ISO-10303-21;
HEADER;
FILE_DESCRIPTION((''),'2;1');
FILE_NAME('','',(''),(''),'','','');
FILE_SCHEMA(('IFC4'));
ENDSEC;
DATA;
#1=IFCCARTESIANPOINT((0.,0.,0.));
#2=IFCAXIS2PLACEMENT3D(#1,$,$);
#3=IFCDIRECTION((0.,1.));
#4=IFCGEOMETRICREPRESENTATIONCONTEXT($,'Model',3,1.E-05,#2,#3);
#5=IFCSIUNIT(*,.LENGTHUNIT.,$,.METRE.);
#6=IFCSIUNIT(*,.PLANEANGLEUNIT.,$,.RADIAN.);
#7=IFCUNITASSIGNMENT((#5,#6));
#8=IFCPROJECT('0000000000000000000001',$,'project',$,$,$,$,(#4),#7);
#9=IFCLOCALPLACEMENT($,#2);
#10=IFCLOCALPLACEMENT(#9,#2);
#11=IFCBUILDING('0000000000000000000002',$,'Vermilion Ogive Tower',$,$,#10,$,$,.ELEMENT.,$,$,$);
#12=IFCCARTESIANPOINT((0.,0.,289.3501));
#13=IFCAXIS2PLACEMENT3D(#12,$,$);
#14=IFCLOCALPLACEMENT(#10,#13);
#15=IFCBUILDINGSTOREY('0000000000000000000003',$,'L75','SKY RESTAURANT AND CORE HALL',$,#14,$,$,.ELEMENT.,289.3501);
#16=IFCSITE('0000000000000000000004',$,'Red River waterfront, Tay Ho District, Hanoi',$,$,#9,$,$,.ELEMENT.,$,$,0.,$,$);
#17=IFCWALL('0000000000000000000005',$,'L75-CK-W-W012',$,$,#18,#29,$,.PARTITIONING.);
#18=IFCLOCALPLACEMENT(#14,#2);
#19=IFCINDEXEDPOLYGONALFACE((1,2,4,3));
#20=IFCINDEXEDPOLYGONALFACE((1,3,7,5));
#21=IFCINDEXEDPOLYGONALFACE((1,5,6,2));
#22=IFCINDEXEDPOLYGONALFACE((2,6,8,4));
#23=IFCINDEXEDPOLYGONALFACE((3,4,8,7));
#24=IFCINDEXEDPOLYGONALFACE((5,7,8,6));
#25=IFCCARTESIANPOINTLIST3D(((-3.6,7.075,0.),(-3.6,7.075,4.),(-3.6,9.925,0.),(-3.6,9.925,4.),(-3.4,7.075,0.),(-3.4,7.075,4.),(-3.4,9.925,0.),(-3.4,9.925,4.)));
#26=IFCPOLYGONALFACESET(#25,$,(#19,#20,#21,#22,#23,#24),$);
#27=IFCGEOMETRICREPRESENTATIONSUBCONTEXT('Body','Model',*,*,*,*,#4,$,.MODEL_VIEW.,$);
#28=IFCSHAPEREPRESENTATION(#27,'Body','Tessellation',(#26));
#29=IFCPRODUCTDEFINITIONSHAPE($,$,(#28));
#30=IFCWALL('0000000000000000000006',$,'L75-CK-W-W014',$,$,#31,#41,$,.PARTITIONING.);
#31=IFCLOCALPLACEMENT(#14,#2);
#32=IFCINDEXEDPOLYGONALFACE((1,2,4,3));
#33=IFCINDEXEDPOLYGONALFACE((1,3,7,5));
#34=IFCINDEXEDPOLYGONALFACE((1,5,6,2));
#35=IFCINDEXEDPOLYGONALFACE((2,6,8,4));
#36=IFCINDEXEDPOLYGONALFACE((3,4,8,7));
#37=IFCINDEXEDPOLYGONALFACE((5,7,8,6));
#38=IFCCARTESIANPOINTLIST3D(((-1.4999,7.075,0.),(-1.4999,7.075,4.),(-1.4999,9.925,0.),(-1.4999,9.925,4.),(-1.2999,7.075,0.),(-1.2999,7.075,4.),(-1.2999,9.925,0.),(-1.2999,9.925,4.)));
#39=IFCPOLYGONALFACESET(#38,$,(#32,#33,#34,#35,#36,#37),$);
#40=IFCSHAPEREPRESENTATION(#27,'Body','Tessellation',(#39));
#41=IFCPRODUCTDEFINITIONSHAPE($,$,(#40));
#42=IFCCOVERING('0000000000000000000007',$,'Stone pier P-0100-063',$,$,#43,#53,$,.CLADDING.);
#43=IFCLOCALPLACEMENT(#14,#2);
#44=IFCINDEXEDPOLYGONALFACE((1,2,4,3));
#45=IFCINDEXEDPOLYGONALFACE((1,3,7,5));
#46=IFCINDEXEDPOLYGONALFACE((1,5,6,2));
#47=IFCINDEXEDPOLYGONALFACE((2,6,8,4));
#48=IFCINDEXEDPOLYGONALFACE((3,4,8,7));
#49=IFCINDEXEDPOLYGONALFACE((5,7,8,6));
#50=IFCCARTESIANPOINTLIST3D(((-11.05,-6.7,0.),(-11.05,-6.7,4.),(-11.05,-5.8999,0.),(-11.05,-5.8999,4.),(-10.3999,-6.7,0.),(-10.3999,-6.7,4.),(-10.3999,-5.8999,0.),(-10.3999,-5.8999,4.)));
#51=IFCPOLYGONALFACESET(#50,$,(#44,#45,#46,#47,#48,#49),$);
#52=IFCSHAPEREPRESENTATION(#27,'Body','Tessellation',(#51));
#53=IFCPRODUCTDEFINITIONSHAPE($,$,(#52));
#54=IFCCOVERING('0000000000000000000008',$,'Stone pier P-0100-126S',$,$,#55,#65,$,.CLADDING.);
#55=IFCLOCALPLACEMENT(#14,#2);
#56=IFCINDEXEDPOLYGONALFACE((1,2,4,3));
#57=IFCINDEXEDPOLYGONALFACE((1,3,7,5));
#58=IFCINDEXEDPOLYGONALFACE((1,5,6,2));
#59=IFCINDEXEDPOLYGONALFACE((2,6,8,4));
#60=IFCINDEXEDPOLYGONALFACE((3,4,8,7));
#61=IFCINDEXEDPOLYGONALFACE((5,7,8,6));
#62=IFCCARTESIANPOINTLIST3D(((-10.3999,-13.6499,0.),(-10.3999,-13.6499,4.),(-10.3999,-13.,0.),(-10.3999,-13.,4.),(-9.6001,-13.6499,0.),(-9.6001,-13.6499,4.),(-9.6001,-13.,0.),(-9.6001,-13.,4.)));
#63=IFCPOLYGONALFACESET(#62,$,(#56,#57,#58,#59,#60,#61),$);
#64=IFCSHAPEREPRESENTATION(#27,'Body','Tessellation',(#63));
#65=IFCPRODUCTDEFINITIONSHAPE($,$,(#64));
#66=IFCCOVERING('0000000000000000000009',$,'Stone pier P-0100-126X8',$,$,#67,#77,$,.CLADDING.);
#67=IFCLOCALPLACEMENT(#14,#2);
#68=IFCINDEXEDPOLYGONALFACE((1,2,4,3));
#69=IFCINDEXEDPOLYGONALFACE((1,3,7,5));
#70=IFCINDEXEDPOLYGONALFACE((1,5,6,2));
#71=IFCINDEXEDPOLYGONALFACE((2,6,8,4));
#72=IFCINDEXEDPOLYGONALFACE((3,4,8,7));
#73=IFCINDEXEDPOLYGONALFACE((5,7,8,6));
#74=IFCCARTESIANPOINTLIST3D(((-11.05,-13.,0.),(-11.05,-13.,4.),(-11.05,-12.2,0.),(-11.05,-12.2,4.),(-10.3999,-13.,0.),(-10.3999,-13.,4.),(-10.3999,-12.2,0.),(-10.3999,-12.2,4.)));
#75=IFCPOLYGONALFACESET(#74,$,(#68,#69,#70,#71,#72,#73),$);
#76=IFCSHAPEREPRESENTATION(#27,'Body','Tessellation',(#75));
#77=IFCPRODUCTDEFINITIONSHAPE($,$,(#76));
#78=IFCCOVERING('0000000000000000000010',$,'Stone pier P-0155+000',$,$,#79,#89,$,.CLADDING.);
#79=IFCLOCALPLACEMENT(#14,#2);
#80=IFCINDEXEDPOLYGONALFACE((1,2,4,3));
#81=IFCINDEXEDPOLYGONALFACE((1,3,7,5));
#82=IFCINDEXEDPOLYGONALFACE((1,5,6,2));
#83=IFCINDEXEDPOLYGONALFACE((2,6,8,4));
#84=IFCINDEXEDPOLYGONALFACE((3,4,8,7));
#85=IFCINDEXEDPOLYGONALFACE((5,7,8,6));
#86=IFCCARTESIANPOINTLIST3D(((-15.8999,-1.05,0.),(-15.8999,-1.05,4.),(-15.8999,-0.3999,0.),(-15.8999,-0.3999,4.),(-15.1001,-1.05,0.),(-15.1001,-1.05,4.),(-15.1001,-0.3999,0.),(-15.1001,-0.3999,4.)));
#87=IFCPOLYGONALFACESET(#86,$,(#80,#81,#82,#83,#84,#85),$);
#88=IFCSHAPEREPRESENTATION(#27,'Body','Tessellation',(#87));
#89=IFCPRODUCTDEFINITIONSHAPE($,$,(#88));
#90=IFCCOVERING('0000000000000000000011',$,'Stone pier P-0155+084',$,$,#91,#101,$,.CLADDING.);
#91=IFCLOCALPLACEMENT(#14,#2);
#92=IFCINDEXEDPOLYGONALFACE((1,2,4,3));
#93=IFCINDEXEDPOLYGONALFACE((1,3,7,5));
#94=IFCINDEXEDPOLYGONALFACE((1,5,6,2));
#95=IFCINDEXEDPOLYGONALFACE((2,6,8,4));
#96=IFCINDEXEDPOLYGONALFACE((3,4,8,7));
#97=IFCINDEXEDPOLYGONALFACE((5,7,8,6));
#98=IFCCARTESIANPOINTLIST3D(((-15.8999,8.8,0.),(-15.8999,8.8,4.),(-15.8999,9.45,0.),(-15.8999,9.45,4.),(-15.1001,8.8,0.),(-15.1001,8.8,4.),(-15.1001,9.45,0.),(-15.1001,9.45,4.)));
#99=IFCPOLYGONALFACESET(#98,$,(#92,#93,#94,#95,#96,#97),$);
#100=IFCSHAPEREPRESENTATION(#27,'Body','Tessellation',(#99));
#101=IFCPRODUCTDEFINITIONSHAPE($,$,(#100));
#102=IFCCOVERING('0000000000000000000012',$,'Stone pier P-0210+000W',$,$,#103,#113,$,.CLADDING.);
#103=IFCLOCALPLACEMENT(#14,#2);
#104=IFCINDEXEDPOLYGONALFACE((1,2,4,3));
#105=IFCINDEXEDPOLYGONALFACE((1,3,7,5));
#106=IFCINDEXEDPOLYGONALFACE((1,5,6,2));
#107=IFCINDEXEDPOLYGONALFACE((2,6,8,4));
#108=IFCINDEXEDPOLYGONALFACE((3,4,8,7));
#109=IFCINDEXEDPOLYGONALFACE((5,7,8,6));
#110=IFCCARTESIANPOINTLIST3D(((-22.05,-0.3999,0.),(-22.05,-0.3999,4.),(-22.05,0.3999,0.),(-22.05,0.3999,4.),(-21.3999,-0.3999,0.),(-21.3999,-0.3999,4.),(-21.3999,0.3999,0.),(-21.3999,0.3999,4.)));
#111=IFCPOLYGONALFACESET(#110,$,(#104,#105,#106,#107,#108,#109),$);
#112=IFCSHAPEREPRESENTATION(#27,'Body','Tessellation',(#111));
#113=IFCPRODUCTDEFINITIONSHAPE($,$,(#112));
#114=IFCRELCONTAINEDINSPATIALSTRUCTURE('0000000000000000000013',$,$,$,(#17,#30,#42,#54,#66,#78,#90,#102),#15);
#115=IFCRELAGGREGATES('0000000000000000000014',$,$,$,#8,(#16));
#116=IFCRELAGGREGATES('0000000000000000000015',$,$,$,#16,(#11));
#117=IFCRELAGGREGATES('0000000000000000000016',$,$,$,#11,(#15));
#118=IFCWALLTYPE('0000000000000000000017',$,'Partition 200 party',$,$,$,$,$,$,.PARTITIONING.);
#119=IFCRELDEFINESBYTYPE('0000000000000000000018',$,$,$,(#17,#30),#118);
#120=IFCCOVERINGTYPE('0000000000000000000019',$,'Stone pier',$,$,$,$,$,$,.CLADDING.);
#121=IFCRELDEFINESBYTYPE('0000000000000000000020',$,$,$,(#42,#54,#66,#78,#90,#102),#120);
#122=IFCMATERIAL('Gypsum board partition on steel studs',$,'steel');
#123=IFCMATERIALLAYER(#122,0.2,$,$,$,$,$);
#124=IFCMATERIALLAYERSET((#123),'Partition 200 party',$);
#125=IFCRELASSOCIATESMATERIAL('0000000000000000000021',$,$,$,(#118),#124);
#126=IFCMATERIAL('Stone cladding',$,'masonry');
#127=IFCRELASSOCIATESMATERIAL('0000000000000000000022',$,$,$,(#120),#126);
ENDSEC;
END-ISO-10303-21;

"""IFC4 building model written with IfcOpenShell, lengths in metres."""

from ifc_helpers import new_model, si_unit, direction, frame, frame_2d, origin, place, context, subcontext, project, spatial, polyline, rectangle, outline, extrude, material, layer, layer_set, type_object, element, save


model = new_model("IFC4")

# Units and contexts
model_context = context("Model", 3, precision=1e-05, world=origin(), true_north=direction((0.0, 1.0)))
body_context = subcontext(model_context, "Body", "Model", "MODEL_VIEW")
ifc_project = project(units=[si_unit("LENGTHUNIT", "METRE"), si_unit("PLANEANGLEUNIT", "RADIAN")], contexts=[model_context])

# Site, building, storey
site_placement = place(None, origin())
site = spatial("IfcSite", under=ifc_project, at=site_placement, Name="Red River waterfront, Tay Ho District, Hanoi", CompositionType="ELEMENT", RefElevation=0.0)
building_placement = place(site_placement, origin())
building = spatial("IfcBuilding", under=site, at=building_placement, Name="Vermilion Ogive Tower", CompositionType="ELEMENT")
storey_placement = place(building_placement, frame((0.0, 0.0, 289.3501)))
storey = spatial("IfcBuildingStorey", under=building, at=storey_placement, Name="L75", Description="SKY RESTAURANT AND CORE HALL", CompositionType="ELEMENT", Elevation=289.3501)

# Walls
ifc_material_1 = material(Name="Gypsum board partition on steel studs", Category="steel")
ifc_layer_1 = layer(ifc_material_1, 0.2)
ifc_layer_set_1 = layer_set([ifc_layer_1], Name="Partition 200 party")
wall_type_1 = type_object("IfcWallType", Name="Partition 200 party", PredefinedType="PARTITIONING", material=ifc_layer_set_1)
for number, where, z_axis, x_axis, name in (
    (1, (-3.5, 7.075, 0.0), (0.0, 0.0, 1.0), (0.0, 1.0, 0.0), "L75-CK-W-W012"),
    (2, (-1.3999, 7.075, 0.0), (0.0, 0.0, 1.0), (0.0, 1.0, 0.0), "L75-CK-W-W014"),
):
    element("IfcWall", number, at=place(storey_placement, frame(where, z_axis=z_axis, x_axis=x_axis)), inside=storey, type_object=wall_type_1, Name=name, PredefinedType="PARTITIONING", context=body_context, shape_type="SweptSolid", body=[
        extrude(rectangle(XDim=2.8501, YDim=0.2, at=frame_2d((1.425, 0.0))), origin(), (0.0, 0.0, 1.0), 4.0),
    ])

# Coverings
ifc_material_2 = material(Name="Stone cladding", Category="masonry")
covering_type = type_object("IfcCoveringType", Name="Stone pier", PredefinedType="CLADDING", material=ifc_material_2)
covering_1_placement = place(storey_placement, origin())
element("IfcCovering", 3, at=covering_1_placement, inside=storey, type_object=covering_type, Name="Stone pier P-0100-063", PredefinedType="CLADDING", context=body_context, shape_type="SweptSolid", body=[
    extrude(outline(polyline([(-11.05, -6.7), (-11.05, -5.8999), (-10.3999, -5.8999), (-10.3999, -6.7), (-11.05, -6.7)])), origin(), (0.0, 0.0, 1.0), 4.0),
])
covering_2_placement = place(storey_placement, origin())
element("IfcCovering", 4, at=covering_2_placement, inside=storey, type_object=covering_type, Name="Stone pier P-0100-126S", PredefinedType="CLADDING", context=body_context, shape_type="SweptSolid", body=[
    extrude(outline(polyline([(-9.6001, -13.6499), (-10.3999, -13.6499), (-10.3999, -13.0), (-9.6001, -13.0), (-9.6001, -13.6499)])), origin(), (0.0, 0.0, 1.0), 4.0),
])
covering_3_placement = place(storey_placement, origin())
element("IfcCovering", 5, at=covering_3_placement, inside=storey, type_object=covering_type, Name="Stone pier P-0100-126X8", PredefinedType="CLADDING", context=body_context, shape_type="SweptSolid", body=[
    extrude(outline(polyline([(-11.05, -12.2), (-10.3999, -12.2), (-10.3999, -13.0), (-11.05, -13.0), (-11.05, -12.2)])), origin(), (0.0, 0.0, 1.0), 4.0),
])
covering_4_placement = place(storey_placement, origin())
element("IfcCovering", 6, at=covering_4_placement, inside=storey, type_object=covering_type, Name="Stone pier P-0155+000", PredefinedType="CLADDING", context=body_context, shape_type="SweptSolid", body=[
    extrude(outline(polyline([(-15.1001, -1.05), (-15.8999, -1.05), (-15.8999, -0.3999), (-15.1001, -0.3999), (-15.1001, -1.05)])), origin(), (0.0, 0.0, 1.0), 4.0),
])
covering_5_placement = place(storey_placement, origin())
element("IfcCovering", 7, at=covering_5_placement, inside=storey, type_object=covering_type, Name="Stone pier P-0155+084", PredefinedType="CLADDING", context=body_context, shape_type="SweptSolid", body=[
    extrude(outline(polyline([(-15.8999, 9.45), (-15.1001, 9.45), (-15.1001, 8.8), (-15.8999, 8.8), (-15.8999, 9.45)])), origin(), (0.0, 0.0, 1.0), 4.0),
])
covering_6_placement = place(storey_placement, origin())
element("IfcCovering", 8, at=covering_6_placement, inside=storey, type_object=covering_type, Name="Stone pier P-0210+000W", PredefinedType="CLADDING", context=body_context, shape_type="SweptSolid", body=[
    extrude(outline(polyline([(-21.3999, -0.3999), (-21.3999, -0.3999), (-22.05, -0.3999), (-22.05, 0.3999), (-21.3999, 0.3999), (-21.3999, 0.3999), (-21.3999, -0.3999)])), origin(), (0.0, 0.0, 1.0), 4.0),
])

save(model, "model.ifc")
